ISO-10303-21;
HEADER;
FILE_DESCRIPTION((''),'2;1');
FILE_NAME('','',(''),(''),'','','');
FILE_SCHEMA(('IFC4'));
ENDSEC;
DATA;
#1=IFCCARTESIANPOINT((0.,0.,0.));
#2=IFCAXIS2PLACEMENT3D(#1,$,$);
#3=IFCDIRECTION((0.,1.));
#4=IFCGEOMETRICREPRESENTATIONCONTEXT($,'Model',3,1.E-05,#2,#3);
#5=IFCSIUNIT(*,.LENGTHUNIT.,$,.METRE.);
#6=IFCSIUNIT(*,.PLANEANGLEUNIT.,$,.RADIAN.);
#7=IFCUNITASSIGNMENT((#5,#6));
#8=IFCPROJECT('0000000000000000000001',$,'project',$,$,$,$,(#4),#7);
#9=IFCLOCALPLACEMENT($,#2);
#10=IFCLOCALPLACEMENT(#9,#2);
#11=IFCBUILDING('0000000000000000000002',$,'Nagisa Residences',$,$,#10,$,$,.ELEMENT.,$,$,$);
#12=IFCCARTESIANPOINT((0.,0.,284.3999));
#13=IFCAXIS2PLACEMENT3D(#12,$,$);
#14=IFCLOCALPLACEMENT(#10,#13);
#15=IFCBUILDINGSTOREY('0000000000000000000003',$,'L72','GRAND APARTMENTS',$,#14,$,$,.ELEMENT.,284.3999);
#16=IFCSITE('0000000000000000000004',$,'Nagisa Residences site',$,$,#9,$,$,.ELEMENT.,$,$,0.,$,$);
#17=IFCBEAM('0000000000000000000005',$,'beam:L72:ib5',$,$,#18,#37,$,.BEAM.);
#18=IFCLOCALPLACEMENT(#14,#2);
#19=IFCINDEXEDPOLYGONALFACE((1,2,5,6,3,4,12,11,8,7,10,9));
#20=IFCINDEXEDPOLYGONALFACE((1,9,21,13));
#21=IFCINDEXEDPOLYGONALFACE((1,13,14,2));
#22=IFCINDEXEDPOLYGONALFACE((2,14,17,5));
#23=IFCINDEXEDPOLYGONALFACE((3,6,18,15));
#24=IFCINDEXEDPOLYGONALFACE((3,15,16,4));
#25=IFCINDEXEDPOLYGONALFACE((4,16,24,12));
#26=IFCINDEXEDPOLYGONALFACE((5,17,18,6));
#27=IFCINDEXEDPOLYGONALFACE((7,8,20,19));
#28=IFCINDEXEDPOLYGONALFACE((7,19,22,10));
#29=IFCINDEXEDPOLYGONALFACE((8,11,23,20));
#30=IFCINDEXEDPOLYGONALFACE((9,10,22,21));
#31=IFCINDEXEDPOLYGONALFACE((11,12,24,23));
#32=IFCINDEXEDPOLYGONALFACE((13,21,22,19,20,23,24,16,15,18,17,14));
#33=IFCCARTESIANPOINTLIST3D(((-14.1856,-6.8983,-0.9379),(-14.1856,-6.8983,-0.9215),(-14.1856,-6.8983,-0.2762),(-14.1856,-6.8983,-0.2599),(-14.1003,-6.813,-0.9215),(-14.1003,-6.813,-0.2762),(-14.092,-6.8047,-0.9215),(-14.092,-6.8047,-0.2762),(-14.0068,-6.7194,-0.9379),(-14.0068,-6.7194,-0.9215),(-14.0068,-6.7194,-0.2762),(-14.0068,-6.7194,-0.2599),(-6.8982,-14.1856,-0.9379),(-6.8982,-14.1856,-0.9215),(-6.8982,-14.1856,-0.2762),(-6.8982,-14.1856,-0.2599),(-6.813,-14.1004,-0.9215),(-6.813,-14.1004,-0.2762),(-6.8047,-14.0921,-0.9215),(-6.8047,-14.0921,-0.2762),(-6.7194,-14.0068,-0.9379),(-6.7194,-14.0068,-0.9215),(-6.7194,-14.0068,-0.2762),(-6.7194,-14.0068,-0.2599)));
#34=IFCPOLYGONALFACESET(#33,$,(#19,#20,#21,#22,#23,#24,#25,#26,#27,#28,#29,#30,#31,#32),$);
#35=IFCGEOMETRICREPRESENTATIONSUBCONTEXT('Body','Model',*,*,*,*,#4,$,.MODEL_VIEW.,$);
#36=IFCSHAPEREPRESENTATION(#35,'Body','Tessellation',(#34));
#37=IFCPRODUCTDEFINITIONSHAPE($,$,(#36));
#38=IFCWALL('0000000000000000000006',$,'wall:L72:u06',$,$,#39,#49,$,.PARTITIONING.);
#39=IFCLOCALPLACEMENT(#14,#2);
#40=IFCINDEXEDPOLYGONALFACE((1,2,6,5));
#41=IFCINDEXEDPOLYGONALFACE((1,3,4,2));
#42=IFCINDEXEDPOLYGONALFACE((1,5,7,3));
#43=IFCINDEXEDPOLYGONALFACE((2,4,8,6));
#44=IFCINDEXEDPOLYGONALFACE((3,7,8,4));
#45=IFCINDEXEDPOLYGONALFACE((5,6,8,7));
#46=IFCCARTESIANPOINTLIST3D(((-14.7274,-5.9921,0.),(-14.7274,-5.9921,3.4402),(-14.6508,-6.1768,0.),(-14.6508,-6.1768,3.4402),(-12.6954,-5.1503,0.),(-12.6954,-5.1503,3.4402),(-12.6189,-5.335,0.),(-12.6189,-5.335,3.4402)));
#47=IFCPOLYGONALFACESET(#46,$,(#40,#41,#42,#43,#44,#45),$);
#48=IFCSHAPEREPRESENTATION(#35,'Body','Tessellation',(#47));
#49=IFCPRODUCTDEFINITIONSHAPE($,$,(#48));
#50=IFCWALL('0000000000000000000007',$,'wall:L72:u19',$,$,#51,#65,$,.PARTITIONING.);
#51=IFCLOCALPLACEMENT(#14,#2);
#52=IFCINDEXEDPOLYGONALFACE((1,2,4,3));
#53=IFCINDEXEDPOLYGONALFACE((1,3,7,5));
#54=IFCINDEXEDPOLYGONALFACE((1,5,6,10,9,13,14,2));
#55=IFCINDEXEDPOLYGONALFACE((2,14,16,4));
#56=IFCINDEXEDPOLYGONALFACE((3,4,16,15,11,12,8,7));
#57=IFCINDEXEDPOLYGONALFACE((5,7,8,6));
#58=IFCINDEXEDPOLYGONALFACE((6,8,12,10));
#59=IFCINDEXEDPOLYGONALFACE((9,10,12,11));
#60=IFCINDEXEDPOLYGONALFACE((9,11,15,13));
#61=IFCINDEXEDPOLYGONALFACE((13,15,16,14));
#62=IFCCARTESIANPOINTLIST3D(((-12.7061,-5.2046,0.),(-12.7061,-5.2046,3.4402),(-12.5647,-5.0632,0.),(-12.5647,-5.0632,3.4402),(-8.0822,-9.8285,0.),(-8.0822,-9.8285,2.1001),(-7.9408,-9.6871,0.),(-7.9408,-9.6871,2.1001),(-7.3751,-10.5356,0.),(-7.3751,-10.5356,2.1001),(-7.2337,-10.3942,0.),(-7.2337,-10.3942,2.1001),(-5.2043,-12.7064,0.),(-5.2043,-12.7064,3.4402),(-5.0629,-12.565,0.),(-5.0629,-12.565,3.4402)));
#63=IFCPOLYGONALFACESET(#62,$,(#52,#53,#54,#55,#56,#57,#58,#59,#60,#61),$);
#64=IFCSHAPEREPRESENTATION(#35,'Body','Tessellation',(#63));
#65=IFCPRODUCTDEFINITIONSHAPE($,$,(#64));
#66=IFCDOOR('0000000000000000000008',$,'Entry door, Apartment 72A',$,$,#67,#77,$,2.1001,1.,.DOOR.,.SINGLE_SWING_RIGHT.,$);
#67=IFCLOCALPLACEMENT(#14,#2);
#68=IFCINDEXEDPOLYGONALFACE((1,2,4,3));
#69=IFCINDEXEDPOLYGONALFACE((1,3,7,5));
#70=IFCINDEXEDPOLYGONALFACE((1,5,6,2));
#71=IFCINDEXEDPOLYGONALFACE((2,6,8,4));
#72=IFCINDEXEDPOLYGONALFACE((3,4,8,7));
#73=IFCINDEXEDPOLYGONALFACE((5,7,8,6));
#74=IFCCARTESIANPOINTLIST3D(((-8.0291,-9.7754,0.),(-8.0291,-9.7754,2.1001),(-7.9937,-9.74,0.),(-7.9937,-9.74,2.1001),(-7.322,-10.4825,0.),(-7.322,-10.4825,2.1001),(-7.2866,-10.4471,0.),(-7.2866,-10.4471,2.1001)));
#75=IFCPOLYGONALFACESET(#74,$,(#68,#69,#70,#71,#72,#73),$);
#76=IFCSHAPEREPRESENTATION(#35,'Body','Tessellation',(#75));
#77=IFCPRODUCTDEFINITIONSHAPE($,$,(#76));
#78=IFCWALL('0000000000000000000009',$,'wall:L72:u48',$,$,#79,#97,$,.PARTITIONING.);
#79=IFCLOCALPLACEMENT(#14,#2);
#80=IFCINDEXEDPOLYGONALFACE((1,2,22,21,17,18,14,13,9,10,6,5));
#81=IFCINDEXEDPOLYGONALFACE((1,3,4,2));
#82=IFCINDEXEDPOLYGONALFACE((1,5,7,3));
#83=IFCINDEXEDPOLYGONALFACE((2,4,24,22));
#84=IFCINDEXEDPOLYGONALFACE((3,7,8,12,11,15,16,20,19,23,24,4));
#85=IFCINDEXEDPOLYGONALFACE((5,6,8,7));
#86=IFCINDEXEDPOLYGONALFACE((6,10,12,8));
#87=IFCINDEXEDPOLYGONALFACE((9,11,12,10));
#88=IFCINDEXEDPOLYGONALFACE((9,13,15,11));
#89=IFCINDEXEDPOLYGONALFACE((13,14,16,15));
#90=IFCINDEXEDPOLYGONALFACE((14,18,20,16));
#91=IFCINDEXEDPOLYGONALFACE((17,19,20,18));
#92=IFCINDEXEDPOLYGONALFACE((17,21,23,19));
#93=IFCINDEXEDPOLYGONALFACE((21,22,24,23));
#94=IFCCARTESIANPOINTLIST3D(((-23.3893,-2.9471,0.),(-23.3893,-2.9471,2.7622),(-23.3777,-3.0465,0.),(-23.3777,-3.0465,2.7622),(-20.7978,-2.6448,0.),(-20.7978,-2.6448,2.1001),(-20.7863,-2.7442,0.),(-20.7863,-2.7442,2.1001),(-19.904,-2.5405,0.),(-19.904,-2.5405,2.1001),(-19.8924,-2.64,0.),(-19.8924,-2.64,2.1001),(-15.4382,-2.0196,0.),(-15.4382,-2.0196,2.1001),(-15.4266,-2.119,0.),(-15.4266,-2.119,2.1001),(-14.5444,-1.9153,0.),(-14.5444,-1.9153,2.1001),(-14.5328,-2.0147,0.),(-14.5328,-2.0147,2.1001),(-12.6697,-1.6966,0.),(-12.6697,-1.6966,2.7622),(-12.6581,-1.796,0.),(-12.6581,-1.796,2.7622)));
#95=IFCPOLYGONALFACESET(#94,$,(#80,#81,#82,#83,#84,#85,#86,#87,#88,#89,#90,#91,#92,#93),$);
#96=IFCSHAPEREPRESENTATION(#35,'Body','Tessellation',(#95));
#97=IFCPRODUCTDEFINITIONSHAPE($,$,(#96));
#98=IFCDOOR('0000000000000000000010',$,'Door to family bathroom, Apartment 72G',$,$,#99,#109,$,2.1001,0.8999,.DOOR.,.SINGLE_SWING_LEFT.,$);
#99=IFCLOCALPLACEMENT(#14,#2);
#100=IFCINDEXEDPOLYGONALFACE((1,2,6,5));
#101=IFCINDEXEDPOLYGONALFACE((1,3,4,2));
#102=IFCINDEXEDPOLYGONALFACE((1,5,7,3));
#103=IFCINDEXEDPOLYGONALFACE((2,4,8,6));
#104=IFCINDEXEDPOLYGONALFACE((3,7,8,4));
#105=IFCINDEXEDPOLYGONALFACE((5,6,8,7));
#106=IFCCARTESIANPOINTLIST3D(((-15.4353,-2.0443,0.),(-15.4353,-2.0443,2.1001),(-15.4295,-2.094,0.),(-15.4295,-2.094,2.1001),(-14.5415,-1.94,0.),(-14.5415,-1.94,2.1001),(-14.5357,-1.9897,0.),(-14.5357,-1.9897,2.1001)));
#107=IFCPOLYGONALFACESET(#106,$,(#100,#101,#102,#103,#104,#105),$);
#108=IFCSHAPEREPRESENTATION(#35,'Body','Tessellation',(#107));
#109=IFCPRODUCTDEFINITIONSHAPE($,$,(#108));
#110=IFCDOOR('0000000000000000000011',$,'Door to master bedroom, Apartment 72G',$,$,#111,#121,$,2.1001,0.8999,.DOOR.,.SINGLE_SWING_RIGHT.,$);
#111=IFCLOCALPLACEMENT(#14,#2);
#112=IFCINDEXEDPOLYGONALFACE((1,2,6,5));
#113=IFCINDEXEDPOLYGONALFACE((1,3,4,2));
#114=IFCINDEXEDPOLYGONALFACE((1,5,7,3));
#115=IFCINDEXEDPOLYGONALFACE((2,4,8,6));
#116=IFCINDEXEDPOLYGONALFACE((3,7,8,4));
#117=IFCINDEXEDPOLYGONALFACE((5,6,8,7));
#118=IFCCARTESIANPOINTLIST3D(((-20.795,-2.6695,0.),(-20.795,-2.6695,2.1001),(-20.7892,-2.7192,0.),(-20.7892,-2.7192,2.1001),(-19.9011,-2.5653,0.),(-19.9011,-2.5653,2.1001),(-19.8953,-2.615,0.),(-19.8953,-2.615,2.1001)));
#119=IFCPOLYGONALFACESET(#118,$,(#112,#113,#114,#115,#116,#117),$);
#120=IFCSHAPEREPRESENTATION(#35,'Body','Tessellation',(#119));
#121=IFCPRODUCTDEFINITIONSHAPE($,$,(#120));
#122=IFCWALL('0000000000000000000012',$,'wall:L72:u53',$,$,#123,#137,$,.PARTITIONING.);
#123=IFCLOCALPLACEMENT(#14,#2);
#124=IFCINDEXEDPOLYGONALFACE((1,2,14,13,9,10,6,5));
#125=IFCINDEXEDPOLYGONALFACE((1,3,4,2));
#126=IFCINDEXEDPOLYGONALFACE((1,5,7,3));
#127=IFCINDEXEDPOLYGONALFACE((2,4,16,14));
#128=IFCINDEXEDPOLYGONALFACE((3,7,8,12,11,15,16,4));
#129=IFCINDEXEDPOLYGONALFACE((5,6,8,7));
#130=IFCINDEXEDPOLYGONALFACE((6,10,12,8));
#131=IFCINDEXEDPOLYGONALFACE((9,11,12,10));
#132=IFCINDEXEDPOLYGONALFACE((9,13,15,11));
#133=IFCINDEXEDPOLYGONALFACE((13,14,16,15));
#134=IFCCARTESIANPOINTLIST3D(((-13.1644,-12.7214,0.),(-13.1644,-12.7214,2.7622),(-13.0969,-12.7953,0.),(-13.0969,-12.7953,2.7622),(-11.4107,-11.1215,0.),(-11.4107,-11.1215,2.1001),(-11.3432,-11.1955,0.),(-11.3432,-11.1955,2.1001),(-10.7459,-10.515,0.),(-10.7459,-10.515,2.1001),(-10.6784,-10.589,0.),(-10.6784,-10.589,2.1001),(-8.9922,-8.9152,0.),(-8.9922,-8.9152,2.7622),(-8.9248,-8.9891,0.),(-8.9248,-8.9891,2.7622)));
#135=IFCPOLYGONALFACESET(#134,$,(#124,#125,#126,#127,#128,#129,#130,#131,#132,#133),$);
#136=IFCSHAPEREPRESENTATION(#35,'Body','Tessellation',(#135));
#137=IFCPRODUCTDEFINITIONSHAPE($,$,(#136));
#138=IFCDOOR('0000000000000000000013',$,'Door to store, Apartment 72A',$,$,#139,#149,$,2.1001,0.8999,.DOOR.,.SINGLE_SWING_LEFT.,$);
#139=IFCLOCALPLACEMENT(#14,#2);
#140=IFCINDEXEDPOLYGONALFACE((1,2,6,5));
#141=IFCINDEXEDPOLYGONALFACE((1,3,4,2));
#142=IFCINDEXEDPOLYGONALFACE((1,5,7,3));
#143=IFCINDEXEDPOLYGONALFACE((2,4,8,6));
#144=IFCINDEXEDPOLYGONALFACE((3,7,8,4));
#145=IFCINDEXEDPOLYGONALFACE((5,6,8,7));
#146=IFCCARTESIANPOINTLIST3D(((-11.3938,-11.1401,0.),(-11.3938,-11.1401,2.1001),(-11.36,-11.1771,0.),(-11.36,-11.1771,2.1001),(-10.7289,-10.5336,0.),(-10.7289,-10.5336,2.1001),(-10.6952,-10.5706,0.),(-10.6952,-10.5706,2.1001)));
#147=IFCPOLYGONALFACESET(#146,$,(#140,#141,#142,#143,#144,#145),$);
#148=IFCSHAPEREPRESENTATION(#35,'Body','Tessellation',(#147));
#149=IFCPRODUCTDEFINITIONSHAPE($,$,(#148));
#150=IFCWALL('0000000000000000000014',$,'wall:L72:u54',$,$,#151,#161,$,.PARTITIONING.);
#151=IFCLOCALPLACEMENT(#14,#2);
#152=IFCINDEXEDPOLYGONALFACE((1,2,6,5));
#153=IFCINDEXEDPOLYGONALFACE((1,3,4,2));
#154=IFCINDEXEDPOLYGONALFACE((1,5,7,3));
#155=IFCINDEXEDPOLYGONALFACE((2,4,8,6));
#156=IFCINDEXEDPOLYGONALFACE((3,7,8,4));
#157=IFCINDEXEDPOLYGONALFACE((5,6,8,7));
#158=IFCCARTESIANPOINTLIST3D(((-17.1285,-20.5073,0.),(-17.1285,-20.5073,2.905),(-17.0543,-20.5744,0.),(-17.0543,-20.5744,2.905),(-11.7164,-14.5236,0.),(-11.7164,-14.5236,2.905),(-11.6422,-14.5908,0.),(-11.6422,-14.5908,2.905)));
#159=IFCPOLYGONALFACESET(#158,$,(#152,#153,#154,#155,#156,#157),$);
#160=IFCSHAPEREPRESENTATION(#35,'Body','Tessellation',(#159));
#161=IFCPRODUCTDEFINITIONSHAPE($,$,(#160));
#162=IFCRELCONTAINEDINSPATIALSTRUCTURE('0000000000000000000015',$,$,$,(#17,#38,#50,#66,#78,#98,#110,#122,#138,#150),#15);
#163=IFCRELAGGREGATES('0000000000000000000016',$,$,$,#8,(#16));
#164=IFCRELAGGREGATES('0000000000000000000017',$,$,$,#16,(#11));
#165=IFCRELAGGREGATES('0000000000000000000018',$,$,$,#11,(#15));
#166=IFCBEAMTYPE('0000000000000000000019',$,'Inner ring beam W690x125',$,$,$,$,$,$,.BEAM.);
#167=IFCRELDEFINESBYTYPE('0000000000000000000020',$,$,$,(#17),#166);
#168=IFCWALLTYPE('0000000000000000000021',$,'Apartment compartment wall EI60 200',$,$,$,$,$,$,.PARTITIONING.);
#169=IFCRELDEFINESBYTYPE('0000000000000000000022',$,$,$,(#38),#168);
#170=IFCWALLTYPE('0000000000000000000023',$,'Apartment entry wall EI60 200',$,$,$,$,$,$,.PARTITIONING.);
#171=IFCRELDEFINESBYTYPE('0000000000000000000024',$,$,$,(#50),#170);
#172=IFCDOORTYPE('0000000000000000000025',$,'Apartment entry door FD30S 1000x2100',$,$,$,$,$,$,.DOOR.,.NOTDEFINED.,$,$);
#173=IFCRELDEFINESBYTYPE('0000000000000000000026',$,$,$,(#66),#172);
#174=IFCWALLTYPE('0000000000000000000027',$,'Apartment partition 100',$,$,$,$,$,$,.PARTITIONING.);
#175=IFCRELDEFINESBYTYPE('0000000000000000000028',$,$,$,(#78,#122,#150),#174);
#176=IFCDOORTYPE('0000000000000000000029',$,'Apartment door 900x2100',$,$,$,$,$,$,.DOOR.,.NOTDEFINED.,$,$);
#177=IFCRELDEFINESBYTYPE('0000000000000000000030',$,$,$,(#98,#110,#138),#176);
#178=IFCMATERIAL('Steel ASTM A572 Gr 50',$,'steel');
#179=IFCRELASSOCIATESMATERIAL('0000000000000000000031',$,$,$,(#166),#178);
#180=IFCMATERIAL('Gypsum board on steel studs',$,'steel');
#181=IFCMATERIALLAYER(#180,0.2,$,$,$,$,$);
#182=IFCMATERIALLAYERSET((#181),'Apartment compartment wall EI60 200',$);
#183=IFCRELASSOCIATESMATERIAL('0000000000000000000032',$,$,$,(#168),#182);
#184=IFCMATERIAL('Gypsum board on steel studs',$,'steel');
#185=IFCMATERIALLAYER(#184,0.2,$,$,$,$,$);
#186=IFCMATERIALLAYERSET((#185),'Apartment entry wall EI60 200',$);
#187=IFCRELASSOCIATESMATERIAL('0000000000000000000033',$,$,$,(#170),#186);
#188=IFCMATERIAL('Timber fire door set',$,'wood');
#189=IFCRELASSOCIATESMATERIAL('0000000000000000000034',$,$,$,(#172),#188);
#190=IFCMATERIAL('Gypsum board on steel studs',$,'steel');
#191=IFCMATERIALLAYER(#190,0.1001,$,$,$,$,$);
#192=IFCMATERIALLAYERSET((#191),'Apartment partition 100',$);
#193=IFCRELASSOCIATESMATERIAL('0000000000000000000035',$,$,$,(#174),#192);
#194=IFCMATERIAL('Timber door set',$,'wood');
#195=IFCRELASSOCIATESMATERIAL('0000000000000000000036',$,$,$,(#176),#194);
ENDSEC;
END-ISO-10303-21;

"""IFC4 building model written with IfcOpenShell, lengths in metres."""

from ifc_helpers import new_model, si_unit, direction, frame, frame_2d, origin, origin_2d, place, context, subcontext, project, spatial, rectangle, i_section, extrude, material, layer, layer_set, material_profile, profile_set, type_object, element, fill, save


model = new_model("IFC4")

# Units and contexts
model_context = context("Model", 3, precision=1e-05, world=origin(), true_north=direction((0.0, 1.0)))
body_context = subcontext(model_context, "Body", "Model", "MODEL_VIEW")
ifc_project = project(units=[si_unit("LENGTHUNIT", "METRE"), si_unit("PLANEANGLEUNIT", "RADIAN")], contexts=[model_context])

# Site, building, storey
site_placement = place(None, origin())
site = spatial("IfcSite", under=ifc_project, at=site_placement, Name="Nagisa Residences site", CompositionType="ELEMENT", RefElevation=0.0)
building_placement = place(site_placement, origin())
building = spatial("IfcBuilding", under=site, at=building_placement, Name="Nagisa Residences", CompositionType="ELEMENT")
storey_placement = place(building_placement, frame((0.0, 0.0, 284.3999)))
storey = spatial("IfcBuildingStorey", under=building, at=storey_placement, Name="L72", Description="GRAND APARTMENTS", CompositionType="ELEMENT", Elevation=284.3999)

# Beam
ifc_material_1 = material(Name="Steel ASTM A572 Gr 50", Category="steel")
ifc_material_profile = material_profile(ifc_material_1, i_section(OverallWidth=0.2529, OverallDepth=0.678, WebThickness=0.0117, FlangeThickness=0.0164, at=origin_2d()), Name="W690x125")
ifc_profile_set = profile_set([ifc_material_profile], Name="Steel ASTM A572 Gr 50")
beam_type = type_object("IfcBeamType", Name="Inner ring beam W690x125", PredefinedType="BEAM", material=ifc_profile_set)
beam_placement = place(storey_placement, frame((-14.0962, -6.8088, -0.5989), z_axis=(0.707107, -0.707107, 0.0), x_axis=(0.707107, 0.707107, 0.0)))
element("IfcBeam", 1, at=beam_placement, inside=storey, type_object=beam_type, Name="beam:L72:ib5", PredefinedType="BEAM", context=body_context, shape_type="SweptSolid", body=[
    extrude(i_section(OverallWidth=0.2529, OverallDepth=0.678, WebThickness=0.0117, FlangeThickness=0.0164, at=origin_2d()), origin(), (0.0, 0.0, 1.0), 10.3059),
])

# Wall
ifc_material_2 = material(Name="Gypsum board on steel studs", Category="steel")
ifc_layer_1 = layer(ifc_material_2, 0.2)
ifc_layer_set_1 = layer_set([ifc_layer_1], Name="Apartment compartment wall EI60 200")
wall_type_1 = type_object("IfcWallType", Name="Apartment compartment wall EI60 200", PredefinedType="PARTITIONING", material=ifc_layer_set_1)
wall_1_placement = place(storey_placement, frame((-12.6572, -5.2427, 0.0), z_axis=(0.0, 0.0, 1.0), x_axis=(-0.92386, -0.382731, 0.0)))
element("IfcWall", 2, at=wall_1_placement, inside=storey, type_object=wall_type_1, Name="wall:L72:u06", PredefinedType="PARTITIONING", context=body_context, shape_type="SweptSolid", body=[
    extrude(rectangle(XDim=2.1995, YDim=0.2, at=frame_2d((1.0996, 0.0))), origin(), (0.0, 0.0, 1.0), 3.4402),
])

# Wall, opening, door
ifc_material_3 = material(Name="Gypsum board on steel studs", Category="steel")
ifc_layer_2 = layer(ifc_material_3, 0.2)
ifc_layer_set_2 = layer_set([ifc_layer_2], Name="Apartment entry wall EI60 200")
wall_type_2 = type_object("IfcWallType", Name="Apartment entry wall EI60 200", PredefinedType="PARTITIONING", material=ifc_layer_set_2)
wall_2_placement = place(storey_placement, frame((-12.6355, -5.1338, 0.0), z_axis=(0.0, 0.0, 1.0), x_axis=(0.707107, -0.707107, 0.0)))
wall_2 = element("IfcWall", 3, at=wall_2_placement, inside=storey, type_object=wall_type_2, Name="wall:L72:u19", PredefinedType="PARTITIONING", context=body_context, shape_type="SweptSolid", body=[
    extrude(rectangle(XDim=10.6091, YDim=0.2, at=frame_2d((5.3047, 0.0))), origin(), (0.0, 0.0, 1.0), 3.4402),
])
opening_1_placement = place(wall_2_placement, frame((6.5393, 0.0, 0.0)))
opening_1 = element("IfcOpeningElement", 4, at=opening_1_placement, cuts=wall_2, PredefinedType="OPENING", context=body_context, shape_type="SweptSolid", body=[
    extrude(rectangle(XDim=1.0, YDim=2.1001, at=frame_2d((0.5, 1.05))), frame((0.0, 0.1099, 0.0), z_axis=(0.0, -1.0, 0.0), x_axis=(1.0, 0.0, 0.0)), (0.0, 0.0, 1.0), 0.22),
])
ifc_material_4 = material(Name="Timber fire door set", Category="wood")
door_type_1 = type_object("IfcDoorType", Name="Apartment entry door FD30S 1000x2100", OperationType="NOTDEFINED", PredefinedType="DOOR", material=ifc_material_4)
door_1_placement = place(opening_1_placement, frame((1.0, 0.0, 0.0), x_axis=(-1.0, 0.0, 0.0)))
door_1 = element("IfcDoor", 5, at=door_1_placement, inside=storey, type_object=door_type_1, Name="Entry door, Apartment 72A", OperationType="SINGLE_SWING_RIGHT", OverallHeight=2.1001, OverallWidth=1.0, PredefinedType="DOOR", context=body_context, shape_type="SweptSolid", body=[
    extrude(rectangle(XDim=1.0, YDim=2.1001, at=frame_2d((0.5, 1.05))), frame((0.0, 0.0249, 0.0), z_axis=(0.0, -1.0, 0.0), x_axis=(1.0, 0.0, 0.0)), (0.0, 0.0, 1.0), 0.05),
])
fill(opening_1, door_1)

# Wall, openings, doors
ifc_material_5 = material(Name="Gypsum board on steel studs", Category="steel")
ifc_layer_3 = layer(ifc_material_5, 0.1001)
ifc_layer_set_3 = layer_set([ifc_layer_3], Name="Apartment partition 100")
wall_type_3 = type_object("IfcWallType", Name="Apartment partition 100", PredefinedType="PARTITIONING", material=ifc_layer_set_3)
wall_3_placement = place(storey_placement, frame((-12.6641, -1.7463, 0.0), z_axis=(0.0, 0.0, 1.0), x_axis=(-0.993264, -0.11587, 0.0)))
wall_3 = element("IfcWall", 6, at=wall_3_placement, inside=storey, type_object=wall_type_3, Name="wall:L72:u48", PredefinedType="PARTITIONING", context=body_context, shape_type="SweptSolid", body=[
    extrude(rectangle(XDim=10.7922, YDim=0.1001, at=frame_2d((5.396, 0.0))), origin(), (0.0, 0.0, 1.0), 2.7622),
])
opening_2_placement = place(wall_3_placement, frame((1.8872, 0.0, 0.0)))
opening_2 = element("IfcOpeningElement", 7, at=opening_2_placement, cuts=wall_3, PredefinedType="OPENING", context=body_context, shape_type="SweptSolid", body=[
    extrude(rectangle(XDim=0.8999, YDim=2.1001, at=frame_2d((0.45, 1.05))), frame((0.0, 0.0601, 0.0), z_axis=(0.0, -1.0, 0.0), x_axis=(1.0, 0.0, 0.0)), (0.0, 0.0, 1.0), 0.1201),
])
opening_3_placement = place(wall_3_placement, frame((7.2832, 0.0, 0.0)))
opening_3 = element("IfcOpeningElement", 8, at=opening_3_placement, cuts=wall_3, PredefinedType="OPENING", context=body_context, shape_type="SweptSolid", body=[
    extrude(rectangle(XDim=0.8999, YDim=2.1001, at=frame_2d((0.45, 1.05))), frame((0.0, 0.0601, 0.0), z_axis=(0.0, -1.0, 0.0), x_axis=(1.0, 0.0, 0.0)), (0.0, 0.0, 1.0), 0.1201),
])
ifc_material_6 = material(Name="Timber door set", Category="wood")
door_type_2 = type_object("IfcDoorType", Name="Apartment door 900x2100", OperationType="NOTDEFINED", PredefinedType="DOOR", material=ifc_material_6)
door_2_placement = place(opening_2_placement, origin())
door_2 = element("IfcDoor", 9, at=door_2_placement, inside=storey, type_object=door_type_2, Name="Door to family bathroom, Apartment 72G", OperationType="SINGLE_SWING_LEFT", OverallHeight=2.1001, OverallWidth=0.8999, PredefinedType="DOOR", context=body_context, shape_type="SweptSolid", body=[
    extrude(rectangle(XDim=0.8999, YDim=2.1001, at=frame_2d((0.45, 1.05))), frame((0.0, 0.0249, 0.0), z_axis=(0.0, -1.0, 0.0), x_axis=(1.0, 0.0, 0.0)), (0.0, 0.0, 1.0), 0.05),
])
fill(opening_2, door_2)
door_3_placement = place(opening_3_placement, origin())
door_3 = element("IfcDoor", 10, at=door_3_placement, inside=storey, type_object=door_type_2, Name="Door to master bedroom, Apartment 72G", OperationType="SINGLE_SWING_RIGHT", OverallHeight=2.1001, OverallWidth=0.8999, PredefinedType="DOOR", context=body_context, shape_type="SweptSolid", body=[
    extrude(rectangle(XDim=0.8999, YDim=2.1001, at=frame_2d((0.45, 1.05))), frame((0.0, 0.0249, 0.0), z_axis=(0.0, -1.0, 0.0), x_axis=(1.0, 0.0, 0.0)), (0.0, 0.0, 1.0), 0.05),
])
fill(opening_3, door_3)

# Wall, opening, door
wall_4_placement = place(storey_placement, frame((-8.9585, -8.9521, 0.0), z_axis=(0.0, 0.0, 1.0), x_axis=(-0.738765, -0.673963, 0.0)))
wall_4 = element("IfcWall", 11, at=wall_4_placement, inside=storey, type_object=wall_type_3, Name="wall:L72:u53", PredefinedType="PARTITIONING", context=body_context, shape_type="SweptSolid", body=[
    extrude(rectangle(XDim=5.6475, YDim=0.1001, at=frame_2d((2.8237, 0.0))), origin(), (0.0, 0.0, 1.0), 2.7622),
])
opening_4_placement = place(wall_4_placement, frame((2.3738, 0.0, 0.0)))
opening_4 = element("IfcOpeningElement", 12, at=opening_4_placement, cuts=wall_4, PredefinedType="OPENING", context=body_context, shape_type="SweptSolid", body=[
    extrude(rectangle(XDim=0.8999, YDim=2.1001, at=frame_2d((0.45, 1.05))), frame((0.0, 0.0601, 0.0), z_axis=(0.0, -1.0, 0.0), x_axis=(1.0, 0.0, 0.0)), (0.0, 0.0, 1.0), 0.1201),
])
door_4_placement = place(opening_4_placement, frame((0.8999, 0.0, 0.0), x_axis=(-1.0, 0.0, 0.0)))
door_4 = element("IfcDoor", 13, at=door_4_placement, inside=storey, type_object=door_type_2, Name="Door to store, Apartment 72A", OperationType="SINGLE_SWING_LEFT", OverallHeight=2.1001, OverallWidth=0.8999, PredefinedType="DOOR", context=body_context, shape_type="SweptSolid", body=[
    extrude(rectangle(XDim=0.8999, YDim=2.1001, at=frame_2d((0.45, 1.05))), frame((0.0, 0.0249, 0.0), z_axis=(0.0, -1.0, 0.0), x_axis=(1.0, 0.0, 0.0)), (0.0, 0.0, 1.0), 0.05),
])
fill(opening_4, door_4)

# Wall
wall_5_placement = place(storey_placement, frame((-11.6792, -14.5571, 0.0), z_axis=(0.0, 0.0, 1.0), x_axis=(-0.6708, -0.741638, 0.0)))
element("IfcWall", 14, at=wall_5_placement, inside=storey, type_object=wall_type_3, Name="wall:L72:u54", PredefinedType="PARTITIONING", context=body_context, shape_type="SweptSolid", body=[
    extrude(rectangle(XDim=8.0681, YDim=0.1001, at=frame_2d((4.0342, 0.0))), origin(), (0.0, 0.0, 1.0), 2.905),
])

save(model, "model.ifc")
